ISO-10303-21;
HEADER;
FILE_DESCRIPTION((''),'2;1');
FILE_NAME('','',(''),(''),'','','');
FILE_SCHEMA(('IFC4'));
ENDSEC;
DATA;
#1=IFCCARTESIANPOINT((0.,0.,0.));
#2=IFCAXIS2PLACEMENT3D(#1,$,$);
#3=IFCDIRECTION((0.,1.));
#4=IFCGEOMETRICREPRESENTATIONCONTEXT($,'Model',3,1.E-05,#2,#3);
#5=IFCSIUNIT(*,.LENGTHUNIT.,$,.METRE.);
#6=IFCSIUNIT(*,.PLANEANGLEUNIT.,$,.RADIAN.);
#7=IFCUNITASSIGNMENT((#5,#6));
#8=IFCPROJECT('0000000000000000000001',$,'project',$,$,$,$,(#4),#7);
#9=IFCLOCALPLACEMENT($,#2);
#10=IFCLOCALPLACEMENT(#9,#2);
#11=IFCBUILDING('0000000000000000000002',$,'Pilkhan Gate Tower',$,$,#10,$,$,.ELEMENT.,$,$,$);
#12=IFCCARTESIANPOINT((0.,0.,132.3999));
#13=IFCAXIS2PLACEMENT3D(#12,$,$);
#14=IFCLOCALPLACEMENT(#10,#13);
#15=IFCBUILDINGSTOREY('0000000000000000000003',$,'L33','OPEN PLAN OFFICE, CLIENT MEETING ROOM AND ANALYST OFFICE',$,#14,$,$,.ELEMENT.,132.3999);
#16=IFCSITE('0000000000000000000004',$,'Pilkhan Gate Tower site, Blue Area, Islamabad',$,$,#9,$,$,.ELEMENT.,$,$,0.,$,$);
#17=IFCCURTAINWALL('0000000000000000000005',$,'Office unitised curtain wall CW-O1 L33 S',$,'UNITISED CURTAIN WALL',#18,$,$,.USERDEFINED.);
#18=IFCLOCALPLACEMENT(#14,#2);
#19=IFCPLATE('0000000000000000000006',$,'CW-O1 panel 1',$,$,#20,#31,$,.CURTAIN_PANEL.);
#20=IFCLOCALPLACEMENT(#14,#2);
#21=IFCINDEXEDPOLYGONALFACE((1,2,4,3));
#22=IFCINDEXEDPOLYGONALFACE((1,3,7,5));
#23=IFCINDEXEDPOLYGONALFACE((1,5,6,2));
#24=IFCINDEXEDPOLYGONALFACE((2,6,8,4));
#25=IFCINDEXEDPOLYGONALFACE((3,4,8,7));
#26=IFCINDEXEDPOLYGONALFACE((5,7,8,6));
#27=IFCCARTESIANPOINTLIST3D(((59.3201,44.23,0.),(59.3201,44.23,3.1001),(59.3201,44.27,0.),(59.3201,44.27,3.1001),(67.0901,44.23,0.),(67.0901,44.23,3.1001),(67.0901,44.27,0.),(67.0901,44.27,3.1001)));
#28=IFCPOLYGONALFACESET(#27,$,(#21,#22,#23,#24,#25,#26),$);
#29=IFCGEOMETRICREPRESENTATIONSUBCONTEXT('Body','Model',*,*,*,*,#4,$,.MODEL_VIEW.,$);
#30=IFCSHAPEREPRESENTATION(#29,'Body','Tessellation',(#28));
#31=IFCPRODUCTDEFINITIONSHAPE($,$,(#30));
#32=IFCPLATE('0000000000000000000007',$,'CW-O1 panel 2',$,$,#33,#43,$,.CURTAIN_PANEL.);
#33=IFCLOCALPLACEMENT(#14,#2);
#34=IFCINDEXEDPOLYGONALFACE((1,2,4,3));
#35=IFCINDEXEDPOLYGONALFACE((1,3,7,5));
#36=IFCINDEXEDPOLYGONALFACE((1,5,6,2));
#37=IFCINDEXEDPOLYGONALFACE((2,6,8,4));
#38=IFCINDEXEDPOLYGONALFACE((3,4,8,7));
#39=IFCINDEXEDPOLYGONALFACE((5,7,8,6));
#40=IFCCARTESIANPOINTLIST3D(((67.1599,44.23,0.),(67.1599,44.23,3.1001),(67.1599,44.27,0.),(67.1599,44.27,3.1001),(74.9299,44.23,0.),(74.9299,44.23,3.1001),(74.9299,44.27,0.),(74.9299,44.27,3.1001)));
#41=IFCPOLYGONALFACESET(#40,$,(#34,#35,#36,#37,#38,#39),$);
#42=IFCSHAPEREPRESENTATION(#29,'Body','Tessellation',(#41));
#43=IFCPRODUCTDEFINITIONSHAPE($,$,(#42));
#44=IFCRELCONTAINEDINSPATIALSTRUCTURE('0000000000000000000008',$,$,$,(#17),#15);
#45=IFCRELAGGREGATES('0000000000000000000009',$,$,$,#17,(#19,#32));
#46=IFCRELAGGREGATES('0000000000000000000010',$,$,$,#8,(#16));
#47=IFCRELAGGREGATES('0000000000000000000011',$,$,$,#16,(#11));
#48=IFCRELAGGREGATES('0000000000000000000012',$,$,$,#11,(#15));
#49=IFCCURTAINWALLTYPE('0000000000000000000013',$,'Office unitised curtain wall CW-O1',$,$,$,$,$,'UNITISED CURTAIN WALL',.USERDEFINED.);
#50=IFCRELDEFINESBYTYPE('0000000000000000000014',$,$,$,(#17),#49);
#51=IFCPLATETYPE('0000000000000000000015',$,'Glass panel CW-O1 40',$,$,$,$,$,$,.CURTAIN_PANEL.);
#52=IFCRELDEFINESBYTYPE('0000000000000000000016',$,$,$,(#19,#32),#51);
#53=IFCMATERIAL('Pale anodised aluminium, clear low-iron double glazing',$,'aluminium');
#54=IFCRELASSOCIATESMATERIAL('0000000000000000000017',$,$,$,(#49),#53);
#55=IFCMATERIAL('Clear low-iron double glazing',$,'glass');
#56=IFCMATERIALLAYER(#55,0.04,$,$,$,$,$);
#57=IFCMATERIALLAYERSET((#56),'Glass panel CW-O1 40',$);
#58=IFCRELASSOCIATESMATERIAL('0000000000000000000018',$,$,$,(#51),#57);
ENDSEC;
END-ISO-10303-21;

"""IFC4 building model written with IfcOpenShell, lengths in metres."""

from ifc_helpers import new_model, si_unit, direction, frame, origin, origin_2d, place, context, subcontext, project, spatial, rectangle, extrude, material, layer, layer_set, type_object, element, aggregate, save


model = new_model("IFC4")

# Units and contexts
model_context = context("Model", 3, precision=1e-05, world=origin(), true_north=direction((0.0, 1.0)))
body_context = subcontext(model_context, "Body", "Model", "MODEL_VIEW")
ifc_project = project(units=[si_unit("LENGTHUNIT", "METRE"), si_unit("PLANEANGLEUNIT", "RADIAN")], contexts=[model_context])

# Site, building, storey
site_placement = place(None, origin())
site = spatial("IfcSite", under=ifc_project, at=site_placement, Name="Pilkhan Gate Tower site, Blue Area, Islamabad", CompositionType="ELEMENT", RefElevation=0.0)
building_placement = place(site_placement, origin())
building = spatial("IfcBuilding", under=site, at=building_placement, Name="Pilkhan Gate Tower", CompositionType="ELEMENT")
storey_placement = place(building_placement, frame((0.0, 0.0, 132.3999)))
storey = spatial("IfcBuildingStorey", under=building, at=storey_placement, Name="L33", Description="OPEN PLAN OFFICE, CLIENT MEETING ROOM AND ANALYST OFFICE", CompositionType="ELEMENT", Elevation=132.3999)

# Shared definitions
ifc_material_1 = material(Name="Pale anodised aluminium, clear low-iron double glazing", Category="aluminium")
curtain_wall_type = type_object("IfcCurtainWallType", Name="Office unitised curtain wall CW-O1", ElementType="UNITISED CURTAIN WALL", PredefinedType="USERDEFINED", material=ifc_material_1)

# Curtain wall
curtain_wall_1_placement = place(storey_placement, origin())
curtain_wall_1 = element("IfcCurtainWall", 1, at=curtain_wall_1_placement, inside=storey, type_object=curtain_wall_type, Name="Office unitised curtain wall CW-O1 L33 S", ObjectType="UNITISED CURTAIN WALL", PredefinedType="USERDEFINED")

# Plates
ifc_material_2 = material(Name="Clear low-iron double glazing", Category="glass")
ifc_layer = layer(ifc_material_2, 0.04)
ifc_layer_set = layer_set([ifc_layer], Name="Glass panel CW-O1 40")
plate_type = type_object("IfcPlateType", Name="Glass panel CW-O1 40", PredefinedType="CURTAIN_PANEL", material=ifc_layer_set)
plate_1_placement = place(storey_placement, frame((63.2051, 44.25, 0.0), z_axis=(0.0, 0.0, 1.0), x_axis=(1.0, 0.0, 0.0)))
plate_1 = element("IfcPlate", 2, at=plate_1_placement, type_object=plate_type, Name="CW-O1 panel 1", PredefinedType="CURTAIN_PANEL", context=body_context, shape_type="SweptSolid", body=[
    extrude(rectangle(XDim=7.77, YDim=0.04, at=origin_2d()), origin(), (0.0, 0.0, 1.0), 3.1001),
])
plate_2_placement = place(storey_placement, frame((71.0449, 44.25, 0.0), z_axis=(0.0, 0.0, 1.0), x_axis=(1.0, 0.0, 0.0)))
plate_2 = element("IfcPlate", 3, at=plate_2_placement, type_object=plate_type, Name="CW-O1 panel 2", PredefinedType="CURTAIN_PANEL", context=body_context, shape_type="SweptSolid", body=[
    extrude(rectangle(XDim=7.77, YDim=0.04, at=origin_2d()), origin(), (0.0, 0.0, 1.0), 3.1001),
])
aggregate(curtain_wall_1, [plate_1, plate_2])

save(model, "model.ifc")
